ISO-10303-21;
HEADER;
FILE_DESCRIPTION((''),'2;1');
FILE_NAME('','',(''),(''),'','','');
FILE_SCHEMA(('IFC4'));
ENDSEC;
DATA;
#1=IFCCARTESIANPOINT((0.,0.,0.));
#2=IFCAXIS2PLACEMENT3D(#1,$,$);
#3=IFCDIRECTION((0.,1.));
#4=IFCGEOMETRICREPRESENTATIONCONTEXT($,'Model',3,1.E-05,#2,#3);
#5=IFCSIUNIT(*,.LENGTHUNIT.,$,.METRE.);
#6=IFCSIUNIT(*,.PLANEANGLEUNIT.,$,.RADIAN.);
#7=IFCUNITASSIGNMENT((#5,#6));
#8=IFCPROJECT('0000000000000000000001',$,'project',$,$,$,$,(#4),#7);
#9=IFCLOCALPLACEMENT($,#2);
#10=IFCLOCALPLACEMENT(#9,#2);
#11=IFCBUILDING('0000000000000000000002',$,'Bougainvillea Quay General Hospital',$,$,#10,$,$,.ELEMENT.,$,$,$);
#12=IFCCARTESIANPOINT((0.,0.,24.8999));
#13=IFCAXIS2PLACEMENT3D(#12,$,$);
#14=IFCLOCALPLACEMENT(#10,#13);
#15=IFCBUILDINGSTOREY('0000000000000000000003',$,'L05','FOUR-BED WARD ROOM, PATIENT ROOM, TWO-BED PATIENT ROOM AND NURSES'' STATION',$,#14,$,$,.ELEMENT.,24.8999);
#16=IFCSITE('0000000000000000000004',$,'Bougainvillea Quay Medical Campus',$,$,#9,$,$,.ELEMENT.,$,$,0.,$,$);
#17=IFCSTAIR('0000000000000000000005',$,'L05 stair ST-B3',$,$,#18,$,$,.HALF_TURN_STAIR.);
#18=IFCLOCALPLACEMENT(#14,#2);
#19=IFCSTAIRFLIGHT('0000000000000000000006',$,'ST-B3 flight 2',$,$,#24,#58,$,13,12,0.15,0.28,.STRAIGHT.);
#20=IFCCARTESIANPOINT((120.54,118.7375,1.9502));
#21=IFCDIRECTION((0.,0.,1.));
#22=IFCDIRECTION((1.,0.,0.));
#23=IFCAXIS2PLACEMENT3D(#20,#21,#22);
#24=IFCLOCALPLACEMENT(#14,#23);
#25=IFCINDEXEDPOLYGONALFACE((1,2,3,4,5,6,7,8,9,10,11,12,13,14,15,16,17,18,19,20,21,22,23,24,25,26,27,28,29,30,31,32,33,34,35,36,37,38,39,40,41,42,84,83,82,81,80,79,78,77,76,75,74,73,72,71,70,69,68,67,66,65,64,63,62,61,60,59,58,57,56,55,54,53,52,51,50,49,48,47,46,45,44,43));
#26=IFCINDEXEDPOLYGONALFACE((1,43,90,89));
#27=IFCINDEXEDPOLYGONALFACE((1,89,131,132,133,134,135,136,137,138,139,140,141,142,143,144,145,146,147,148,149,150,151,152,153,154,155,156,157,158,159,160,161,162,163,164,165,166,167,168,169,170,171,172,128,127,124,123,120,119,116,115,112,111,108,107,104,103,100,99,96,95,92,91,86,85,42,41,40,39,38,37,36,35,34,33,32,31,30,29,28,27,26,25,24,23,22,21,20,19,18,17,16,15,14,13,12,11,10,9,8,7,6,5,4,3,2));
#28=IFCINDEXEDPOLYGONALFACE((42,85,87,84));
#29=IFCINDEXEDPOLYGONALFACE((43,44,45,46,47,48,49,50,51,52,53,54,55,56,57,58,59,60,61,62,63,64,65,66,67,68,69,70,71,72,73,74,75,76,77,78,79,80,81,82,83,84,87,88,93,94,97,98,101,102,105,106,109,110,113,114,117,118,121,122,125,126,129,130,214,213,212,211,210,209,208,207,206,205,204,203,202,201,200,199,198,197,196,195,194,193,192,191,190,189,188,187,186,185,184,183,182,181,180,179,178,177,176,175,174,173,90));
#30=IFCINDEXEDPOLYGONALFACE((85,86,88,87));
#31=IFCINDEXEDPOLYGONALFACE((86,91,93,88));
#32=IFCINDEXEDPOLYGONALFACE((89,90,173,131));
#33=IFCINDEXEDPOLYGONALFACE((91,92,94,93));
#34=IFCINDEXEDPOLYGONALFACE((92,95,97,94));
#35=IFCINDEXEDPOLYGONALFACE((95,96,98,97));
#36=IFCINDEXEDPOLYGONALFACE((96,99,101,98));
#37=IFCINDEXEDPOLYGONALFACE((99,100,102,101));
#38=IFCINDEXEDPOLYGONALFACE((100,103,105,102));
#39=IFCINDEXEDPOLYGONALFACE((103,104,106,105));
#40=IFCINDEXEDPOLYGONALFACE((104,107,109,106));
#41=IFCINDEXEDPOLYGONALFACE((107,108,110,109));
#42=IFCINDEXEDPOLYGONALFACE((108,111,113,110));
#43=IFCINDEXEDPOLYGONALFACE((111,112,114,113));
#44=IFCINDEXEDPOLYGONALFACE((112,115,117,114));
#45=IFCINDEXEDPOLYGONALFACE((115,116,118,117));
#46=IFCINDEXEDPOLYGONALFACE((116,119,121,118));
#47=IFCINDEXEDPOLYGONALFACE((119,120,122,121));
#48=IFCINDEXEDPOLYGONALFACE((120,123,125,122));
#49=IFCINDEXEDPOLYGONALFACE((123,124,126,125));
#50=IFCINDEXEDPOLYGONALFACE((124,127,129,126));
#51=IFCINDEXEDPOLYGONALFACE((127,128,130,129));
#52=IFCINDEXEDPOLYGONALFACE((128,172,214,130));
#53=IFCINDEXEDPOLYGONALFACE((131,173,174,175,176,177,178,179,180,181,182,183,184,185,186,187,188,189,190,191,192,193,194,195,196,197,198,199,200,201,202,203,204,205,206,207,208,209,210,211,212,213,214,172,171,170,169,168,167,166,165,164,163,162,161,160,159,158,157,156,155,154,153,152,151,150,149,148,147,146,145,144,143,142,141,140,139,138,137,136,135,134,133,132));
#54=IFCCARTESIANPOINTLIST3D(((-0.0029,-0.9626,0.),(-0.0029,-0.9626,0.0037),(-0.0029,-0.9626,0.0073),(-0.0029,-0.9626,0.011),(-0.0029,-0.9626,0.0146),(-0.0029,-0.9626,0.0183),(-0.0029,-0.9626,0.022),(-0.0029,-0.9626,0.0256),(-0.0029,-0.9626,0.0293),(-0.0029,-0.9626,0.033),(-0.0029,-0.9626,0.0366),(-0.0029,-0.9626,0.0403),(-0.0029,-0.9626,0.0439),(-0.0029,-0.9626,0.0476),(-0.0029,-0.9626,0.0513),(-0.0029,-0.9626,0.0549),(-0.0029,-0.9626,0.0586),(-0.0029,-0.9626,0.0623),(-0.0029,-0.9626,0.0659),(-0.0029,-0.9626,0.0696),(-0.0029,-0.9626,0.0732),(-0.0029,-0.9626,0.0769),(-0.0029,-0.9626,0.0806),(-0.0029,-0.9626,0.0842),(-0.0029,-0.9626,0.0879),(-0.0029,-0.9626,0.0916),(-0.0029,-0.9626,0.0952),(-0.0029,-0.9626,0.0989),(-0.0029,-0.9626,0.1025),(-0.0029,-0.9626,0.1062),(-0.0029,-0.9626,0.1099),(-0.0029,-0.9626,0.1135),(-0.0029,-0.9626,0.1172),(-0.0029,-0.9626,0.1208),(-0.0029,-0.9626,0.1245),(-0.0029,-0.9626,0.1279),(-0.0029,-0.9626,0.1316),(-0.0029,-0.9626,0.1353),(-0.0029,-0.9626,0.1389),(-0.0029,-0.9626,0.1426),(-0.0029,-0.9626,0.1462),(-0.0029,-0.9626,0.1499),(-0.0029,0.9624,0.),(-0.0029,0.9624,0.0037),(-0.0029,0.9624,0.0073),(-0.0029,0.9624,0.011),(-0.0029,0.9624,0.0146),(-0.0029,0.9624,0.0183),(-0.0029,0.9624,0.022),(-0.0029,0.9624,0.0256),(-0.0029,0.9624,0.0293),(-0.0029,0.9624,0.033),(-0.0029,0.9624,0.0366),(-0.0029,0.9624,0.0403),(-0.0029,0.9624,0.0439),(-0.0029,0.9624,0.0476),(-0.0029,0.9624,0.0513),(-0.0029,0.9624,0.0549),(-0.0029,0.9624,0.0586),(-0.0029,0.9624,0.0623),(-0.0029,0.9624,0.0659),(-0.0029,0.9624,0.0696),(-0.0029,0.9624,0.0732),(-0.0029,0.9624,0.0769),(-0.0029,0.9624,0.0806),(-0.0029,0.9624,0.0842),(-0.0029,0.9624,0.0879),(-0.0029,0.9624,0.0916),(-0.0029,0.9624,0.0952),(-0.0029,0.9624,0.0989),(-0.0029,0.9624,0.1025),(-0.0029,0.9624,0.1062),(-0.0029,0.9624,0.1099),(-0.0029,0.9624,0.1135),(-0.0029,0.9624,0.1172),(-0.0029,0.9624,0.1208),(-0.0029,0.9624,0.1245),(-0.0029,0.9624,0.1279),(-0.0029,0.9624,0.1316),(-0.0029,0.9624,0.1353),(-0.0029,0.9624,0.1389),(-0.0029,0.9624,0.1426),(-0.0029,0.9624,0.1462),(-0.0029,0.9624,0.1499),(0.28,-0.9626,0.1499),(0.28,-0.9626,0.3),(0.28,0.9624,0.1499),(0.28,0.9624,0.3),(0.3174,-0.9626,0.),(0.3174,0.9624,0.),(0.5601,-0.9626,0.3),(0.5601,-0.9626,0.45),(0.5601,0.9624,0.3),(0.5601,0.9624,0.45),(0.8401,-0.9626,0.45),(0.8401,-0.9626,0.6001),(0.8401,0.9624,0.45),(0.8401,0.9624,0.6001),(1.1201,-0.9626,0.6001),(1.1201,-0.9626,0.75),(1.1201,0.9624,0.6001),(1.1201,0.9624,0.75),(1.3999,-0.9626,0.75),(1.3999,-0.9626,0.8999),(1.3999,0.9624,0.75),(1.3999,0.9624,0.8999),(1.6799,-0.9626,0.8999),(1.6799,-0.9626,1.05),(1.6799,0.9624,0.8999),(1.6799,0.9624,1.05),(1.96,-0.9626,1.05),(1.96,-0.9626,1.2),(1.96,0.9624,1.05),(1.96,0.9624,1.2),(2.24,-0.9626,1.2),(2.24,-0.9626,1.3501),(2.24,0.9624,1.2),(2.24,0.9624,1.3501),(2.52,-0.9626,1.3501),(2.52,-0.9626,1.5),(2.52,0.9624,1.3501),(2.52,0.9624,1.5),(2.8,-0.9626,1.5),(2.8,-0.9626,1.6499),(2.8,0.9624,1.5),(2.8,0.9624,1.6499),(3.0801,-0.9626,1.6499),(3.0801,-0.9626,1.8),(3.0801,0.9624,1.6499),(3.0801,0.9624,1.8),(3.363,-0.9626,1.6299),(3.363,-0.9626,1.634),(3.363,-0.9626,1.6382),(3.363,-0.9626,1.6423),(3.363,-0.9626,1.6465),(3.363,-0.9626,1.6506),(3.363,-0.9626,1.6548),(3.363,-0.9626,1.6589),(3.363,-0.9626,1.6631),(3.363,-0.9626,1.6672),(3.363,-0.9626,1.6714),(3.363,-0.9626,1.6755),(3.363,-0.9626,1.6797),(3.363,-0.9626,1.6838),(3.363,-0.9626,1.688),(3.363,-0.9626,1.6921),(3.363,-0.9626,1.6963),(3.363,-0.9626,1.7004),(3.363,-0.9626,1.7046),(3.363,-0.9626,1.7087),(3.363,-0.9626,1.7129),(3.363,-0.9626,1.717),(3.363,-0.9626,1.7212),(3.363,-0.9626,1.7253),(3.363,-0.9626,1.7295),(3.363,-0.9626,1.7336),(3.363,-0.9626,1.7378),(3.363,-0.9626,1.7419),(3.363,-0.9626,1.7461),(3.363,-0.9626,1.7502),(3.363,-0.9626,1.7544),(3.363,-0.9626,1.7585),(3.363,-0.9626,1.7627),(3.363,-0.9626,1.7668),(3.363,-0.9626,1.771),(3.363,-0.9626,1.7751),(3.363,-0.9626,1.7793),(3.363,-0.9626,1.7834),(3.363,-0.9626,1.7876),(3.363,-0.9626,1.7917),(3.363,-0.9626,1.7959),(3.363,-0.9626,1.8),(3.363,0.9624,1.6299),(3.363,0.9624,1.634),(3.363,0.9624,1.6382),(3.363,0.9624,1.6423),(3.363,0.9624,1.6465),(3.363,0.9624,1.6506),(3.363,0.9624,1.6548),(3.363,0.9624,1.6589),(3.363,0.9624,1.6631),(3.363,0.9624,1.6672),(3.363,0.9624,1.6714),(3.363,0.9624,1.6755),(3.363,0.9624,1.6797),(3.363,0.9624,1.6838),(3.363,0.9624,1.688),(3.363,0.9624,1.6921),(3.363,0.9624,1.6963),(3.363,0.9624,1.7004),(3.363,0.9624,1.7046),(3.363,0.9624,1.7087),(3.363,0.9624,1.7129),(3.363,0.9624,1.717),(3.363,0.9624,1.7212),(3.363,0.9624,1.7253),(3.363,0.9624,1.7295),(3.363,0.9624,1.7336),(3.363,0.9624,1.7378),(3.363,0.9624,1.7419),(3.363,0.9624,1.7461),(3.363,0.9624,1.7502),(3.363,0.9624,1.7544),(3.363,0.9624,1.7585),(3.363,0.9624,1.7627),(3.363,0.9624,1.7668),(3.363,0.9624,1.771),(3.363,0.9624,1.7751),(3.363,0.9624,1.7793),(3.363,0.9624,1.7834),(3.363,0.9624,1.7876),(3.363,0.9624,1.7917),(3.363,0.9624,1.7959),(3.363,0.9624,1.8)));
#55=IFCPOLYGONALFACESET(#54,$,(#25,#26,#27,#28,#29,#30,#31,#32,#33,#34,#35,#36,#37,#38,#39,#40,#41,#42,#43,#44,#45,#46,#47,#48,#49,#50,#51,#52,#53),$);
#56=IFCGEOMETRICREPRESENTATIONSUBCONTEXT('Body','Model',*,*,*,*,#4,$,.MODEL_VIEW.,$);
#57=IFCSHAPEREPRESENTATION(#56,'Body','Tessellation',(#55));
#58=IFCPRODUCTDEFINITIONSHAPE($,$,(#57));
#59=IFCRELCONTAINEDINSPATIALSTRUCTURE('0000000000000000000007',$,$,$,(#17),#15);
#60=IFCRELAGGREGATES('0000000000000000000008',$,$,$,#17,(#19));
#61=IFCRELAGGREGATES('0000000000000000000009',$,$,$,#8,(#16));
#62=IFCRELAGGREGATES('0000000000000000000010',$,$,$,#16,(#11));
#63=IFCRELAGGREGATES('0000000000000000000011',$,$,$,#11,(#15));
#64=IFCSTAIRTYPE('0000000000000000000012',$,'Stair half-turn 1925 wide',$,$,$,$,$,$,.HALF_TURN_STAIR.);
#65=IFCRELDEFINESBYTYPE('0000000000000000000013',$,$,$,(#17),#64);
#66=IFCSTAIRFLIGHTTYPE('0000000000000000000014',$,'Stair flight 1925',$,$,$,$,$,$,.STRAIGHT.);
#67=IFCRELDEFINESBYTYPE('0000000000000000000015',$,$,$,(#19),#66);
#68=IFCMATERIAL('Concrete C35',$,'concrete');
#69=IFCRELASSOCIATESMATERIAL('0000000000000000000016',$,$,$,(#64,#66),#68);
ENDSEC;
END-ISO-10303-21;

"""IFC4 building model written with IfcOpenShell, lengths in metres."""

from ifc_helpers import new_model, si_unit, direction, frame, origin, place, context, subcontext, project, spatial, polyline, outline, extrude, material, type_object, element, aggregate, save


model = new_model("IFC4")

# Units and contexts
model_context = context("Model", 3, precision=1e-05, world=origin(), true_north=direction((0.0, 1.0)))
body_context = subcontext(model_context, "Body", "Model", "MODEL_VIEW")
ifc_project = project(units=[si_unit("LENGTHUNIT", "METRE"), si_unit("PLANEANGLEUNIT", "RADIAN")], contexts=[model_context])

# Site, building, storey
site_placement = place(None, origin())
site = spatial("IfcSite", under=ifc_project, at=site_placement, Name="Bougainvillea Quay Medical Campus", CompositionType="ELEMENT", RefElevation=0.0)
building_placement = place(site_placement, origin())
building = spatial("IfcBuilding", under=site, at=building_placement, Name="Bougainvillea Quay General Hospital", CompositionType="ELEMENT")
storey_placement = place(building_placement, frame((0.0, 0.0, 24.8999)))
storey = spatial("IfcBuildingStorey", under=building, at=storey_placement, Name="L05", Description="FOUR-BED WARD ROOM, PATIENT ROOM, TWO-BED PATIENT ROOM AND NURSES' STATION", CompositionType="ELEMENT", Elevation=24.8999)

# Stair, stair flight
ifc_material_1 = material(Name="Concrete C35", Category="concrete")
stair_type = type_object("IfcStairType", Name="Stair half-turn 1925 wide", PredefinedType="HALF_TURN_STAIR", material=ifc_material_1)
stair_placement = place(storey_placement, origin())
stair = element("IfcStair", 1, at=stair_placement, inside=storey, type_object=stair_type, Name="L05 stair ST-B3", PredefinedType="HALF_TURN_STAIR")
stair_flight_type = type_object("IfcStairFlightType", Name="Stair flight 1925", PredefinedType="STRAIGHT", material=ifc_material_1)
stair_flight_placement = place(storey_placement, frame((120.54, 118.7375, 1.9502), z_axis=(0.0, 0.0, 1.0), x_axis=(1.0, 0.0, 0.0)))
stair_flight = element("IfcStairFlight", 2, at=stair_flight_placement, type_object=stair_flight_type, Name="ST-B3 flight 2", NumberOfRisers=13, NumberOfTreads=12, PredefinedType="STRAIGHT", RiserHeight=0.15, TreadLength=0.28, context=body_context, shape_type="SweptSolid", body=[
    extrude(outline(polyline([(-0.0029, 0.0), (-0.0029, 0.0037), (-0.0029, 0.0073), (-0.0029, 0.011), (-0.0029, 0.0146), (-0.0029, 0.0183), (-0.0029, 0.022), (-0.0029, 0.0256), (-0.0029, 0.0293), (-0.0029, 0.033), (-0.0029, 0.0366), (-0.0029, 0.0403), (-0.0029, 0.0439), (-0.0029, 0.0476), (-0.0029, 0.0513), (-0.0029, 0.0549), (-0.0029, 0.0586), (-0.0029, 0.0623), (-0.0029, 0.0659), (-0.0029, 0.0696), (-0.0029, 0.0732), (-0.0029, 0.0769), (-0.0029, 0.0806), (-0.0029, 0.0842), (-0.0029, 0.0879), (-0.0029, 0.0916), (-0.0029, 0.0952), (-0.0029, 0.0989), (-0.0029, 0.1025), (-0.0029, 0.1062), (-0.0029, 0.1099), (-0.0029, 0.1135), (-0.0029, 0.1172), (-0.0029, 0.1208), (-0.0029, 0.1245), (-0.0029, 0.1279), (-0.0029, 0.1316), (-0.0029, 0.1353), (-0.0029, 0.1389), (-0.0029, 0.1426), (-0.0029, 0.1462), (-0.0029, 0.1499), (0.28, 0.1499), (0.28, 0.3), (0.5601, 0.3), (0.5601, 0.45), (0.8401, 0.45), (0.8401, 0.6001), (1.1201, 0.6001), (1.1201, 0.75), (1.3999, 0.75), (1.3999, 0.8999), (1.6799, 0.8999), (1.6799, 1.05), (1.96, 1.05), (1.96, 1.2), (2.24, 1.2), (2.24, 1.3501), (2.52, 1.3501), (2.52, 1.5), (2.8, 1.5), (2.8, 1.6499), (3.0801, 1.6499), (3.0801, 1.8), (3.363, 1.8), (3.363, 1.7959), (3.363, 1.7917), (3.363, 1.7876), (3.363, 1.7834), (3.363, 1.7793), (3.363, 1.7751), (3.363, 1.771), (3.363, 1.7668), (3.363, 1.7627), (3.363, 1.7585), (3.363, 1.7544), (3.363, 1.7502), (3.363, 1.7461), (3.363, 1.7419), (3.363, 1.7378), (3.363, 1.7336), (3.363, 1.7295), (3.363, 1.7253), (3.363, 1.7212), (3.363, 1.717), (3.363, 1.7129), (3.363, 1.7087), (3.363, 1.7046), (3.363, 1.7004), (3.363, 1.6963), (3.363, 1.6921), (3.363, 1.688), (3.363, 1.6838), (3.363, 1.6797), (3.363, 1.6755), (3.363, 1.6714), (3.363, 1.6672), (3.363, 1.6631), (3.363, 1.6589), (3.363, 1.6548), (3.363, 1.6506), (3.363, 1.6465), (3.363, 1.6423), (3.363, 1.6382), (3.363, 1.634), (3.363, 1.6299), (0.3174, 0.0), (-0.0029, 0.0)])), frame((0.0, 0.9624, 0.0), z_axis=(0.0, -1.0, 0.0), x_axis=(1.0, 0.0, 0.0)), (0.0, 0.0, 1.0), 1.925),
])
aggregate(stair, [stair_flight])

save(model, "model.ifc")
